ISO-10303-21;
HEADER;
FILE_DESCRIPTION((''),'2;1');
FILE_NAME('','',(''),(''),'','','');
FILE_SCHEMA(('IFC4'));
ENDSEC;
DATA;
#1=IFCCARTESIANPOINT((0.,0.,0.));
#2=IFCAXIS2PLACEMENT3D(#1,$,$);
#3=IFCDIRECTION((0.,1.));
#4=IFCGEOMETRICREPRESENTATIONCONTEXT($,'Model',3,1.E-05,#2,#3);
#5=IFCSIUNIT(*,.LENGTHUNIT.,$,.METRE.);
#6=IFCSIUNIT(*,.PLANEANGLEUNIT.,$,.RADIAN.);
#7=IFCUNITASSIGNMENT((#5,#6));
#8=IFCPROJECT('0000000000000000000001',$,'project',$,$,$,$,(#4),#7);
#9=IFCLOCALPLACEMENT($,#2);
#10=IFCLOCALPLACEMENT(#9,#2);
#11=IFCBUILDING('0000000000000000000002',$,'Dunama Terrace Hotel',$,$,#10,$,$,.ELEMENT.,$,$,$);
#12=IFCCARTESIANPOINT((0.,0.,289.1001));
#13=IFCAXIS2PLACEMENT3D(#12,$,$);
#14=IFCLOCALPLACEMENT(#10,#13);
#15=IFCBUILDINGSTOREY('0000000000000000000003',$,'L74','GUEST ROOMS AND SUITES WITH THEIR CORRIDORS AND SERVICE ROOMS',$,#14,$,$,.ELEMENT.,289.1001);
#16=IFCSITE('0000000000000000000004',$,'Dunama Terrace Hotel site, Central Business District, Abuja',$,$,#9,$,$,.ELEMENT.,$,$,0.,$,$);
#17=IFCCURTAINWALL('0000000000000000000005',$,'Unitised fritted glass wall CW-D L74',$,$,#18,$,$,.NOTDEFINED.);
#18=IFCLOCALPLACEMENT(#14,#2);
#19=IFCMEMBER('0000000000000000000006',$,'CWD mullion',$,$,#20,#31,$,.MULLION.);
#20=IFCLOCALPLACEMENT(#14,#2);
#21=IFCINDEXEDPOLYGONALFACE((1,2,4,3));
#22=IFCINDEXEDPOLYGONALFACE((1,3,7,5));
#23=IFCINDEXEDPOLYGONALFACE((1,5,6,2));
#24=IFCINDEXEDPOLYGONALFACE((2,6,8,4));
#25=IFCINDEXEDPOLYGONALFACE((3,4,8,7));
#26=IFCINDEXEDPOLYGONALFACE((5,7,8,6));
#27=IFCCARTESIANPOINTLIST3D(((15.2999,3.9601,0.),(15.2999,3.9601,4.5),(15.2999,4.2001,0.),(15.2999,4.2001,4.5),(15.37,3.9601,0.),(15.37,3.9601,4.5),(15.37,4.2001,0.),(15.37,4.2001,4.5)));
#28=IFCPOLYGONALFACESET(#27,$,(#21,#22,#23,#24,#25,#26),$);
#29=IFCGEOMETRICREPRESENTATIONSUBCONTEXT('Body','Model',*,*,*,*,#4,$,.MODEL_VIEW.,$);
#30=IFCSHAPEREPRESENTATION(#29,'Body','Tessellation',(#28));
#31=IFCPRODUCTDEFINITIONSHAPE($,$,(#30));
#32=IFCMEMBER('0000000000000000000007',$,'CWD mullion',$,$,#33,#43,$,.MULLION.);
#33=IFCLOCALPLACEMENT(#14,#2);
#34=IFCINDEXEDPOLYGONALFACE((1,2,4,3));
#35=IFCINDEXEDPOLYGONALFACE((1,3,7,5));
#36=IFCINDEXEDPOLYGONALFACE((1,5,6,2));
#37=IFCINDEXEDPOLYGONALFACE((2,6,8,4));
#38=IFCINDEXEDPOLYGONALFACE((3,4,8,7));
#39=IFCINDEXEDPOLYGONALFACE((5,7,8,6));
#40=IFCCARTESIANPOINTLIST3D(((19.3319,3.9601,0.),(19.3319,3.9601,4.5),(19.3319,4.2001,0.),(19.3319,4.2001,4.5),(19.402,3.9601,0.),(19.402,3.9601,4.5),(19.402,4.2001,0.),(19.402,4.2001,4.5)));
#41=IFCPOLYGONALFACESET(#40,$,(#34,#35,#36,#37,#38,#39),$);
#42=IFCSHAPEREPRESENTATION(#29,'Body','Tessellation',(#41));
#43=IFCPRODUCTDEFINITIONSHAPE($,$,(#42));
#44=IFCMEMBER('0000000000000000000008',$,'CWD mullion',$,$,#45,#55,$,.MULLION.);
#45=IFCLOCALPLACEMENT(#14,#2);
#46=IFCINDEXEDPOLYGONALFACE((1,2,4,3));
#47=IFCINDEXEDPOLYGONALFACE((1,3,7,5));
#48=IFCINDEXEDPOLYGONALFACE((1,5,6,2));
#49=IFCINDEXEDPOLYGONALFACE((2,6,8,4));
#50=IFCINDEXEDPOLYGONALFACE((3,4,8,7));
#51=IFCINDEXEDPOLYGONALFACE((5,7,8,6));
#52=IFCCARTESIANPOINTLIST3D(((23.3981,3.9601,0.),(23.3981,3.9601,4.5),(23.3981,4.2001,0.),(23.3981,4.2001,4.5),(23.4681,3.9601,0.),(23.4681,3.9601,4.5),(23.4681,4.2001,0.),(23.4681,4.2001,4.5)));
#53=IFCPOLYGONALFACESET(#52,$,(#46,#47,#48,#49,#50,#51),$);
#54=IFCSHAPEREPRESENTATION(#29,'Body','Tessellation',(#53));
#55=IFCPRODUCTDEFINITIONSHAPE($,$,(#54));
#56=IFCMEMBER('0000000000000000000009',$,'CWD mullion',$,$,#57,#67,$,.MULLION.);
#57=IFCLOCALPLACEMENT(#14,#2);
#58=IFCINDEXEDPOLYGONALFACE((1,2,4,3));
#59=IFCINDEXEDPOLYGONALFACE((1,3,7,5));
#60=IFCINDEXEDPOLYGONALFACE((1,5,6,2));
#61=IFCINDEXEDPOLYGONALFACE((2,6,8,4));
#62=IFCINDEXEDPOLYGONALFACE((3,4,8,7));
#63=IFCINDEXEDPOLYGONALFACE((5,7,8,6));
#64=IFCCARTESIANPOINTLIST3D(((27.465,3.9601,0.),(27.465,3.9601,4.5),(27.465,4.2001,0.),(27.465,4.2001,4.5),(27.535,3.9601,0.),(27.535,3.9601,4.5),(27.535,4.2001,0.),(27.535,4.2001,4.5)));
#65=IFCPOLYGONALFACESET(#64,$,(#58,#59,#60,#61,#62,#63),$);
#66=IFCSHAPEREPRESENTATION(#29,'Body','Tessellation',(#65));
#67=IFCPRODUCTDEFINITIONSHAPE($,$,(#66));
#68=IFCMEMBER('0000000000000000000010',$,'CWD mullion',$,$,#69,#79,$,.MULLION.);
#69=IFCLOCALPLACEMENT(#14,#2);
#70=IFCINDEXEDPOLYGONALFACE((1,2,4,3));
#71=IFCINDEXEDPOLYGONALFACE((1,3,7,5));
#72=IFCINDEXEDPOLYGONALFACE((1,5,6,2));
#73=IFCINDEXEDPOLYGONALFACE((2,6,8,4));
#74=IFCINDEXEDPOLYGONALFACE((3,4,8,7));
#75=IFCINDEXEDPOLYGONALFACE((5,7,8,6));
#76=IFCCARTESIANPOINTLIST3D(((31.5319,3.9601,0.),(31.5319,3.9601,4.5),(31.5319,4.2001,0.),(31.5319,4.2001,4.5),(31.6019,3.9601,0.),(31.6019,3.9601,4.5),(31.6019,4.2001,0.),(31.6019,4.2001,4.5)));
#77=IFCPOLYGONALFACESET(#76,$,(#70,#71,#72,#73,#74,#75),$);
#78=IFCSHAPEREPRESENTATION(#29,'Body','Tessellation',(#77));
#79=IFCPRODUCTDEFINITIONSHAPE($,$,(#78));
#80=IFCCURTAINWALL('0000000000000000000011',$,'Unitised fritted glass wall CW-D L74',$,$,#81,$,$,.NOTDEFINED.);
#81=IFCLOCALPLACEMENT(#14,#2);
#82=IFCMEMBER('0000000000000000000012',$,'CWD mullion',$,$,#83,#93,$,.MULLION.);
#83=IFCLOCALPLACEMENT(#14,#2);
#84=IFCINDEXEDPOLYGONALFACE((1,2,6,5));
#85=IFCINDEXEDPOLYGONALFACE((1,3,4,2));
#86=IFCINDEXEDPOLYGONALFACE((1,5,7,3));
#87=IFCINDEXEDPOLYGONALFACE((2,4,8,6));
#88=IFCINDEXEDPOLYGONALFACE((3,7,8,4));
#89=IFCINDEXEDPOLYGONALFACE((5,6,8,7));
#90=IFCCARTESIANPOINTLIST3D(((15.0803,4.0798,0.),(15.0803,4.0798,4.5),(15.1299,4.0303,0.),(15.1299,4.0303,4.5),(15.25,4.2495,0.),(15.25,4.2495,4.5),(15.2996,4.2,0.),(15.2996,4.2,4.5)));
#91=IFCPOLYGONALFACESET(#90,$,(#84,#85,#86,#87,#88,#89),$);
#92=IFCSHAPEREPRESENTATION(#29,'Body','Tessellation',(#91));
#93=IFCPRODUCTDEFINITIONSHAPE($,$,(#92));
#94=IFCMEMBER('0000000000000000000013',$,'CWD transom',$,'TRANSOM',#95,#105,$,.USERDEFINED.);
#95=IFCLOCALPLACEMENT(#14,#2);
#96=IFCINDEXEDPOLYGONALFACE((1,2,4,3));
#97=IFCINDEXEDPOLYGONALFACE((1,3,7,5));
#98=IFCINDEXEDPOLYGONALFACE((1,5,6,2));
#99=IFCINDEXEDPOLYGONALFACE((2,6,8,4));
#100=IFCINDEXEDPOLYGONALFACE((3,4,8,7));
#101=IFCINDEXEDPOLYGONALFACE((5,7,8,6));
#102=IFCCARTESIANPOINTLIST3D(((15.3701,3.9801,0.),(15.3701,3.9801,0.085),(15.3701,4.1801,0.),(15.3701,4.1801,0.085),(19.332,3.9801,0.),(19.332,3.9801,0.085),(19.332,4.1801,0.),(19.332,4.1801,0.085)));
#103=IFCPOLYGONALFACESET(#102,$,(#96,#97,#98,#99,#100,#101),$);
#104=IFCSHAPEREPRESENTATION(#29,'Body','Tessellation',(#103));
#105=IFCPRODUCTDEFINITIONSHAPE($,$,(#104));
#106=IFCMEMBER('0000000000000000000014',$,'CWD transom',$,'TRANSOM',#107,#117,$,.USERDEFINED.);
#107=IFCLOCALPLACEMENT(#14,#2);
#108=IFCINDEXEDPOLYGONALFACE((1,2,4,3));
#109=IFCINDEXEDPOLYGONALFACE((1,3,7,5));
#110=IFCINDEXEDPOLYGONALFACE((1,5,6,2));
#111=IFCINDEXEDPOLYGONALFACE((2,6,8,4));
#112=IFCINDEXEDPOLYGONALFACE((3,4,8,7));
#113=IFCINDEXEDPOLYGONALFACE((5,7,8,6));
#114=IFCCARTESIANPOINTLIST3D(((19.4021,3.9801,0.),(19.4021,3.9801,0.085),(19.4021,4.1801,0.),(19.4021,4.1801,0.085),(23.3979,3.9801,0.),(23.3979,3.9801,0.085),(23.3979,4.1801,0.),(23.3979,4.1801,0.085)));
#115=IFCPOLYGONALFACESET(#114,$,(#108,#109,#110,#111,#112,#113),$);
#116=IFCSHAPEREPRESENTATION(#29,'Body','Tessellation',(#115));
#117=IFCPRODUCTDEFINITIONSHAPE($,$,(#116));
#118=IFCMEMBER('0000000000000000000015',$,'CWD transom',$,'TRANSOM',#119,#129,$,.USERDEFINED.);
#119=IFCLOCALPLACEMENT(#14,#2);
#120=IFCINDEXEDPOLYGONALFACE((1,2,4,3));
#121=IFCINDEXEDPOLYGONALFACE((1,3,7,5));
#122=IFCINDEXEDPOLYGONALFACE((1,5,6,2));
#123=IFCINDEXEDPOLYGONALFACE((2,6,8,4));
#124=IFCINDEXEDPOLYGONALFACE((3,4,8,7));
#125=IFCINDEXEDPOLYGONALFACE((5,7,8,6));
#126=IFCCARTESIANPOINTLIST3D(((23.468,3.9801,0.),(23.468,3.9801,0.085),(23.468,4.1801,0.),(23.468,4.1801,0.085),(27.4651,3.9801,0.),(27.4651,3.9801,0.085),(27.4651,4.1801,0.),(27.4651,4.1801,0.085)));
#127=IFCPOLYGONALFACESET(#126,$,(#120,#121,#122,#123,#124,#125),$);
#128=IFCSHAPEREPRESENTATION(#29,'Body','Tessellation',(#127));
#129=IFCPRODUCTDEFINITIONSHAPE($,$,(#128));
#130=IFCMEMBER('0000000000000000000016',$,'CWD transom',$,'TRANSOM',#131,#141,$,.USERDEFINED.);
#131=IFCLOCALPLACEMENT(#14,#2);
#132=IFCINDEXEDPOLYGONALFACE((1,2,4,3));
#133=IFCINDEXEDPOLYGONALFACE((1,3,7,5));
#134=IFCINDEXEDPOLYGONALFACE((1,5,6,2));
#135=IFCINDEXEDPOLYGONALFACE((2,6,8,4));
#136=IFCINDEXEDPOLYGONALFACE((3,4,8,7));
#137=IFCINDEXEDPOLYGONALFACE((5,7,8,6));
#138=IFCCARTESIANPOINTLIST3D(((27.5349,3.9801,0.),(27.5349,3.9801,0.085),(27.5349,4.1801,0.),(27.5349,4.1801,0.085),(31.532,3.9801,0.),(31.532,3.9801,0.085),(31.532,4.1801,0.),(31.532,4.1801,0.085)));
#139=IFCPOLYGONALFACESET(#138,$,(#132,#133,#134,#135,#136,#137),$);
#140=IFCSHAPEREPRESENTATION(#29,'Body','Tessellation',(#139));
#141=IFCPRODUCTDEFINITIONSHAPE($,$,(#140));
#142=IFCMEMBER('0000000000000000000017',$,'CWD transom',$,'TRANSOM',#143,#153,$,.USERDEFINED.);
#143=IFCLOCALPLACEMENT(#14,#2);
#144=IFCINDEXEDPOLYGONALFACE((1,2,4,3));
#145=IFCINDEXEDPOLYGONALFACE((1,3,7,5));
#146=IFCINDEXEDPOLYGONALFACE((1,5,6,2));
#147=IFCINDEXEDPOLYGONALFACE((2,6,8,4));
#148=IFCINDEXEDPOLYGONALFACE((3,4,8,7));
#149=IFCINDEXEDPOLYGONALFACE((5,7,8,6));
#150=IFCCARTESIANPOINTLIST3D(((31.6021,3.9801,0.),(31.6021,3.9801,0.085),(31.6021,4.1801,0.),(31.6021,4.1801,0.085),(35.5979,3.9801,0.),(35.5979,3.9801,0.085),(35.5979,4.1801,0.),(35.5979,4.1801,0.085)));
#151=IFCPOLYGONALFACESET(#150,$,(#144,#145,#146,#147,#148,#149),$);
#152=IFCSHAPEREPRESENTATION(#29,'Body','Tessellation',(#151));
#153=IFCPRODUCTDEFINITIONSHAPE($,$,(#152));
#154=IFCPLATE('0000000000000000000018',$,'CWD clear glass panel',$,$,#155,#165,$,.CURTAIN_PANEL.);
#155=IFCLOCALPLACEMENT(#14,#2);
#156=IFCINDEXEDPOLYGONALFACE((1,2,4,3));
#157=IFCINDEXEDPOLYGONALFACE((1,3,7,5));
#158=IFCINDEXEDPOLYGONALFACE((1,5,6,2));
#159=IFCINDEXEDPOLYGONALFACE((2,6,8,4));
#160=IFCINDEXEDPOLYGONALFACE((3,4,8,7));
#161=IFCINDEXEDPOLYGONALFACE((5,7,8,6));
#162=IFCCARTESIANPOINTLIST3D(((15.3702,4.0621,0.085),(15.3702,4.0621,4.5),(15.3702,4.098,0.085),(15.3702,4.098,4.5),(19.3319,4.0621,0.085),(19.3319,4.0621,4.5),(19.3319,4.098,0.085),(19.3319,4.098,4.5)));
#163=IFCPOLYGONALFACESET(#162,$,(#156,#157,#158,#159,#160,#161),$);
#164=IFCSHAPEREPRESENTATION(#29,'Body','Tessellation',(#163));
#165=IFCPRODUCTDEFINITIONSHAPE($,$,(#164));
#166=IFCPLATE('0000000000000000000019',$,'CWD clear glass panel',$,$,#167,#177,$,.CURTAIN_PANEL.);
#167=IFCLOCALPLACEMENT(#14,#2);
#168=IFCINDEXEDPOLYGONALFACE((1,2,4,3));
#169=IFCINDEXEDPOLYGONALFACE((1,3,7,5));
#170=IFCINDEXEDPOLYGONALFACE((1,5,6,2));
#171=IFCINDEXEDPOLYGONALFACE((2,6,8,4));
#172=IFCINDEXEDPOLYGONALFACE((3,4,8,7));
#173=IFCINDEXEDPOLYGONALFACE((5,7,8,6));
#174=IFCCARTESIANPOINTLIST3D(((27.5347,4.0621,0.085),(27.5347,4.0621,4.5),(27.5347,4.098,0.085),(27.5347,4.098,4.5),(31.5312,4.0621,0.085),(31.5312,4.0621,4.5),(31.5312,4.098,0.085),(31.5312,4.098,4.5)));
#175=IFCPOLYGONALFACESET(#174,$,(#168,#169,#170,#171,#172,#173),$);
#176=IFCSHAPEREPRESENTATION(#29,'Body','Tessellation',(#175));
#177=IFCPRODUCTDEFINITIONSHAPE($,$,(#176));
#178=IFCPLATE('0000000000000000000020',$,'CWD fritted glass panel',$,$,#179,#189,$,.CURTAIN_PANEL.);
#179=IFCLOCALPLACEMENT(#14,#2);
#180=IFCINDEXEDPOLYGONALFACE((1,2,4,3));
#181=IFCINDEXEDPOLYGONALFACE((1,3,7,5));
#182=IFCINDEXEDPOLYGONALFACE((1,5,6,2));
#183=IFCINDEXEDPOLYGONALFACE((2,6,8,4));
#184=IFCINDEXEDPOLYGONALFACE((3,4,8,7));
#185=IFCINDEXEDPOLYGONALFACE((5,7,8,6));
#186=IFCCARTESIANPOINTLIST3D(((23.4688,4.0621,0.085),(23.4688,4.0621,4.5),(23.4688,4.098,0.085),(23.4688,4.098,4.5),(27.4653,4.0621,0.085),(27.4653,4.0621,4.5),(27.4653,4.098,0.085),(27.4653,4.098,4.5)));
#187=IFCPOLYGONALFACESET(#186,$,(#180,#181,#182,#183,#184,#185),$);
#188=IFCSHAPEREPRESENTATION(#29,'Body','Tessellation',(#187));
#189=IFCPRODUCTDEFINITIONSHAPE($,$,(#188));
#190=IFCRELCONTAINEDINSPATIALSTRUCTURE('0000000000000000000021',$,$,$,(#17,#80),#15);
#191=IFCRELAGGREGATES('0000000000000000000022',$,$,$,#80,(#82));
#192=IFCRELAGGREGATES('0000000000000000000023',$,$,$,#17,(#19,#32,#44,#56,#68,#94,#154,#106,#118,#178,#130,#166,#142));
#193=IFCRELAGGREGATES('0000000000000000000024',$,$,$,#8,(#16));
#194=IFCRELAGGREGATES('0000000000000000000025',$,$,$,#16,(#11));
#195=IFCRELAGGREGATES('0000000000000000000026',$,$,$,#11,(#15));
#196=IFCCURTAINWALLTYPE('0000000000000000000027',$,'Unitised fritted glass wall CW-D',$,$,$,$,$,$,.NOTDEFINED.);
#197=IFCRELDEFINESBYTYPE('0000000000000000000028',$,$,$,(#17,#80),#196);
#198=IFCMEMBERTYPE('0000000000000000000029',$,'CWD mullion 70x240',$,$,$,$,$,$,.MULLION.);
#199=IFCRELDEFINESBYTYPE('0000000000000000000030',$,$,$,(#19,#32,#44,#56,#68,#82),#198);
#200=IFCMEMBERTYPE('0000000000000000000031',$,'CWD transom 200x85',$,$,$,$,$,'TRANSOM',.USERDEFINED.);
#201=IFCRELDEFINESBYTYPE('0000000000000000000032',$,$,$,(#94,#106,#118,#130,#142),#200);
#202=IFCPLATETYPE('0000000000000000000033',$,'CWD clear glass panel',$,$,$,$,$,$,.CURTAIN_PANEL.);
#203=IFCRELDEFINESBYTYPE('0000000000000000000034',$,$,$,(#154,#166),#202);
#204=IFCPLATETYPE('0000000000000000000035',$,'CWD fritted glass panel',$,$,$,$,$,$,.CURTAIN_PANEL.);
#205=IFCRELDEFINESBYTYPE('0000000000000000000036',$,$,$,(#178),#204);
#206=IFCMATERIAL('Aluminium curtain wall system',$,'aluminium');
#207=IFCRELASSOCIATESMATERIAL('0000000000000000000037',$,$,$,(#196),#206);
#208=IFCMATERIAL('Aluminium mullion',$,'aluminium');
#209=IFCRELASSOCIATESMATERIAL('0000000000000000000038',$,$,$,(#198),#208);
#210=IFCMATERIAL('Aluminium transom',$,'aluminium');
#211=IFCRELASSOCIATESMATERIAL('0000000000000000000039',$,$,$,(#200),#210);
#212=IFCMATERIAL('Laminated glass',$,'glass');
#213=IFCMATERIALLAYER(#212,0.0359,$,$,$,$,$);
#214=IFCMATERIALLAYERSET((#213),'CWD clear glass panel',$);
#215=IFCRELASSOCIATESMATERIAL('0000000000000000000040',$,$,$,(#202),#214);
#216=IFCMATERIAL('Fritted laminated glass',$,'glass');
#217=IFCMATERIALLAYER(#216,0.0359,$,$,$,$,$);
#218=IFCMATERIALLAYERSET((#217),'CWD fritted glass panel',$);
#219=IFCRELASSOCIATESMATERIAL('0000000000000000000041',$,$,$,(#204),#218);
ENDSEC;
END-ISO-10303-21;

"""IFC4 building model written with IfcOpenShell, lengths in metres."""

from ifc_helpers import new_model, si_unit, direction, frame, origin, origin_2d, place, context, subcontext, project, spatial, rectangle, extrude, material, layer, layer_set, material_profile, profile_set, type_object, element, aggregate, save


model = new_model("IFC4")

# Units and contexts
model_context = context("Model", 3, precision=1e-05, world=origin(), true_north=direction((0.0, 1.0)))
body_context = subcontext(model_context, "Body", "Model", "MODEL_VIEW")
ifc_project = project(units=[si_unit("LENGTHUNIT", "METRE"), si_unit("PLANEANGLEUNIT", "RADIAN")], contexts=[model_context])

# Site, building, storey
site_placement = place(None, origin())
site = spatial("IfcSite", under=ifc_project, at=site_placement, Name="Dunama Terrace Hotel site, Central Business District, Abuja", CompositionType="ELEMENT", RefElevation=0.0)
building_placement = place(site_placement, origin())
building = spatial("IfcBuilding", under=site, at=building_placement, Name="Dunama Terrace Hotel", CompositionType="ELEMENT")
storey_placement = place(building_placement, frame((0.0, 0.0, 289.1001)))
storey = spatial("IfcBuildingStorey", under=building, at=storey_placement, Name="L74", Description="GUEST ROOMS AND SUITES WITH THEIR CORRIDORS AND SERVICE ROOMS", CompositionType="ELEMENT", Elevation=289.1001)

# Curtain wall, members
ifc_material_1 = material(Name="Aluminium curtain wall system", Category="aluminium")
curtain_wall_type = type_object("IfcCurtainWallType", Name="Unitised fritted glass wall CW-D", PredefinedType="NOTDEFINED", material=ifc_material_1)
curtain_wall_1_placement = place(storey_placement, origin())
curtain_wall_1 = element("IfcCurtainWall", 1, at=curtain_wall_1_placement, inside=storey, type_object=curtain_wall_type, Name="Unitised fritted glass wall CW-D L74", PredefinedType="NOTDEFINED")
ifc_material_2 = material(Name="Aluminium mullion", Category="aluminium")
ifc_material_profile_1 = material_profile(ifc_material_2, rectangle(XDim=0.0701, YDim=0.24, at=origin_2d()), Name="CWD MULLION 70X240")
ifc_profile_set_1 = profile_set([ifc_material_profile_1], Name="Aluminium mullion")
member_type_1 = type_object("IfcMemberType", Name="CWD mullion 70x240", PredefinedType="MULLION", material=ifc_profile_set_1)
member_1_placement = place(storey_placement, frame((15.335, 4.0801, 0.0), z_axis=(0.0, 0.0, 1.0), x_axis=(1.0, 0.0, 0.0)))
member_1 = element("IfcMember", 2, at=member_1_placement, type_object=member_type_1, Name="CWD mullion", PredefinedType="MULLION", context=body_context, shape_type="SweptSolid", body=[
    extrude(rectangle(XDim=0.0701, YDim=0.24, at=origin_2d()), origin(), (0.0, 0.0, 1.0), 4.5),
])
member_2_placement = place(storey_placement, frame((19.3669, 4.0801, 0.0), z_axis=(0.0, 0.0, 1.0), x_axis=(1.0, 0.0, 0.0)))
member_2 = element("IfcMember", 3, at=member_2_placement, type_object=member_type_1, Name="CWD mullion", PredefinedType="MULLION", context=body_context, shape_type="SweptSolid", body=[
    extrude(rectangle(XDim=0.0701, YDim=0.24, at=origin_2d()), origin(), (0.0, 0.0, 1.0), 4.5),
])
member_3_placement = place(storey_placement, frame((23.4331, 4.0801, 0.0), z_axis=(0.0, 0.0, 1.0), x_axis=(1.0, 0.0, 0.0)))
member_3 = element("IfcMember", 4, at=member_3_placement, type_object=member_type_1, Name="CWD mullion", PredefinedType="MULLION", context=body_context, shape_type="SweptSolid", body=[
    extrude(rectangle(XDim=0.0701, YDim=0.24, at=origin_2d()), origin(), (0.0, 0.0, 1.0), 4.5),
])
member_4_placement = place(storey_placement, frame((27.5, 4.0801, 0.0), z_axis=(0.0, 0.0, 1.0), x_axis=(1.0, 0.0, 0.0)))
member_4 = element("IfcMember", 5, at=member_4_placement, type_object=member_type_1, Name="CWD mullion", PredefinedType="MULLION", context=body_context, shape_type="SweptSolid", body=[
    extrude(rectangle(XDim=0.0701, YDim=0.24, at=origin_2d()), origin(), (0.0, 0.0, 1.0), 4.5),
])
member_5_placement = place(storey_placement, frame((31.5669, 4.0801, 0.0), z_axis=(0.0, 0.0, 1.0), x_axis=(1.0, 0.0, 0.0)))
member_5 = element("IfcMember", 6, at=member_5_placement, type_object=member_type_1, Name="CWD mullion", PredefinedType="MULLION", context=body_context, shape_type="SweptSolid", body=[
    extrude(rectangle(XDim=0.0701, YDim=0.24, at=origin_2d()), origin(), (0.0, 0.0, 1.0), 4.5),
])

# Curtain wall, member
curtain_wall_2_placement = place(storey_placement, origin())
curtain_wall_2 = element("IfcCurtainWall", 7, at=curtain_wall_2_placement, inside=storey, type_object=curtain_wall_type, Name="Unitised fritted glass wall CW-D L74", PredefinedType="NOTDEFINED")
member_6_placement = place(storey_placement, frame((15.1899, 4.1399, 0.0), z_axis=(0.0, 0.0, 1.0), x_axis=(0.707107, -0.707107, 0.0)))
member_6 = element("IfcMember", 8, at=member_6_placement, type_object=member_type_1, Name="CWD mullion", PredefinedType="MULLION", context=body_context, shape_type="SweptSolid", body=[
    extrude(rectangle(XDim=0.0701, YDim=0.24, at=origin_2d()), origin(), (0.0, 0.0, 1.0), 4.5),
])
aggregate(curtain_wall_2, [member_6])

# Members
ifc_material_3 = material(Name="Aluminium transom", Category="aluminium")
ifc_material_profile_2 = material_profile(ifc_material_3, rectangle(XDim=0.2, YDim=0.085, at=origin_2d()), Name="CWD TRANSOM 200X85")
ifc_profile_set_2 = profile_set([ifc_material_profile_2], Name="Aluminium transom")
member_type_2 = type_object("IfcMemberType", Name="CWD transom 200x85", ElementType="TRANSOM", PredefinedType="USERDEFINED", material=ifc_profile_set_2)
member_7_placement = place(storey_placement, frame((15.3701, 4.0801, 0.0425), z_axis=(1.0, 0.0, 0.0), x_axis=(0.0, 1.0, 0.0)))
member_7 = element("IfcMember", 9, at=member_7_placement, type_object=member_type_2, Name="CWD transom", ObjectType="TRANSOM", PredefinedType="USERDEFINED", context=body_context, shape_type="SweptSolid", body=[
    extrude(rectangle(XDim=0.2, YDim=0.085, at=origin_2d()), origin(), (0.0, 0.0, 1.0), 3.9619),
])
member_8_placement = place(storey_placement, frame((19.4021, 4.0801, 0.0425), z_axis=(1.0, 0.0, 0.0), x_axis=(0.0, 1.0, 0.0)))
member_8 = element("IfcMember", 10, at=member_8_placement, type_object=member_type_2, Name="CWD transom", ObjectType="TRANSOM", PredefinedType="USERDEFINED", context=body_context, shape_type="SweptSolid", body=[
    extrude(rectangle(XDim=0.2, YDim=0.085, at=origin_2d()), origin(), (0.0, 0.0, 1.0), 3.9958),
])
member_9_placement = place(storey_placement, frame((23.468, 4.0801, 0.0425), z_axis=(1.0, 0.0, 0.0), x_axis=(0.0, 1.0, 0.0)))
member_9 = element("IfcMember", 11, at=member_9_placement, type_object=member_type_2, Name="CWD transom", ObjectType="TRANSOM", PredefinedType="USERDEFINED", context=body_context, shape_type="SweptSolid", body=[
    extrude(rectangle(XDim=0.2, YDim=0.085, at=origin_2d()), origin(), (0.0, 0.0, 1.0), 3.9971),
])
member_10_placement = place(storey_placement, frame((27.5349, 4.0801, 0.0425), z_axis=(1.0, 0.0, 0.0), x_axis=(0.0, 1.0, 0.0)))
member_10 = element("IfcMember", 12, at=member_10_placement, type_object=member_type_2, Name="CWD transom", ObjectType="TRANSOM", PredefinedType="USERDEFINED", context=body_context, shape_type="SweptSolid", body=[
    extrude(rectangle(XDim=0.2, YDim=0.085, at=origin_2d()), origin(), (0.0, 0.0, 1.0), 3.9971),
])
member_11_placement = place(storey_placement, frame((31.6021, 4.0801, 0.0425), z_axis=(1.0, 0.0, 0.0), x_axis=(0.0, 1.0, 0.0)))
member_11 = element("IfcMember", 13, at=member_11_placement, type_object=member_type_2, Name="CWD transom", ObjectType="TRANSOM", PredefinedType="USERDEFINED", context=body_context, shape_type="SweptSolid", body=[
    extrude(rectangle(XDim=0.2, YDim=0.085, at=origin_2d()), origin(), (0.0, 0.0, 1.0), 3.9958),
])

# Plates
ifc_material_4 = material(Name="Laminated glass", Category="glass")
ifc_layer_1 = layer(ifc_material_4, 0.0359)
ifc_layer_set_1 = layer_set([ifc_layer_1], Name="CWD clear glass panel")
plate_type_1 = type_object("IfcPlateType", Name="CWD clear glass panel", PredefinedType="CURTAIN_PANEL", material=ifc_layer_set_1)
plate_1_placement = place(storey_placement, frame((17.3511, 4.0801, 0.085), z_axis=(0.0, 0.0, 1.0), x_axis=(1.0, 0.0, 0.0)))
plate_1 = element("IfcPlate", 14, at=plate_1_placement, type_object=plate_type_1, Name="CWD clear glass panel", PredefinedType="CURTAIN_PANEL", context=body_context, shape_type="SweptSolid", body=[
    extrude(rectangle(XDim=3.9617, YDim=0.0359, at=origin_2d()), origin(), (0.0, 0.0, 1.0), 4.415),
])
plate_2_placement = place(storey_placement, frame((29.533, 4.0801, 0.085), z_axis=(0.0, 0.0, 1.0), x_axis=(1.0, 0.0, 0.0)))
plate_2 = element("IfcPlate", 15, at=plate_2_placement, type_object=plate_type_1, Name="CWD clear glass panel", PredefinedType="CURTAIN_PANEL", context=body_context, shape_type="SweptSolid", body=[
    extrude(rectangle(XDim=3.9966, YDim=0.0359, at=origin_2d()), origin(), (0.0, 0.0, 1.0), 4.415),
])
ifc_material_5 = material(Name="Fritted laminated glass", Category="glass")
ifc_layer_2 = layer(ifc_material_5, 0.0359)
ifc_layer_set_2 = layer_set([ifc_layer_2], Name="CWD fritted glass panel")
plate_type_2 = type_object("IfcPlateType", Name="CWD fritted glass panel", PredefinedType="CURTAIN_PANEL", material=ifc_layer_set_2)
plate_3_placement = place(storey_placement, frame((25.467, 4.0801, 0.085), z_axis=(0.0, 0.0, 1.0), x_axis=(1.0, 0.0, 0.0)))
plate_3 = element("IfcPlate", 16, at=plate_3_placement, type_object=plate_type_2, Name="CWD fritted glass panel", PredefinedType="CURTAIN_PANEL", context=body_context, shape_type="SweptSolid", body=[
    extrude(rectangle(XDim=3.9966, YDim=0.0359, at=origin_2d()), origin(), (0.0, 0.0, 1.0), 4.415),
])
aggregate(curtain_wall_1, [member_1, member_2, member_3, member_4, member_5, member_7, plate_1, member_8, member_9, plate_3, member_10, plate_2, member_11])

save(model, "model.ifc")
